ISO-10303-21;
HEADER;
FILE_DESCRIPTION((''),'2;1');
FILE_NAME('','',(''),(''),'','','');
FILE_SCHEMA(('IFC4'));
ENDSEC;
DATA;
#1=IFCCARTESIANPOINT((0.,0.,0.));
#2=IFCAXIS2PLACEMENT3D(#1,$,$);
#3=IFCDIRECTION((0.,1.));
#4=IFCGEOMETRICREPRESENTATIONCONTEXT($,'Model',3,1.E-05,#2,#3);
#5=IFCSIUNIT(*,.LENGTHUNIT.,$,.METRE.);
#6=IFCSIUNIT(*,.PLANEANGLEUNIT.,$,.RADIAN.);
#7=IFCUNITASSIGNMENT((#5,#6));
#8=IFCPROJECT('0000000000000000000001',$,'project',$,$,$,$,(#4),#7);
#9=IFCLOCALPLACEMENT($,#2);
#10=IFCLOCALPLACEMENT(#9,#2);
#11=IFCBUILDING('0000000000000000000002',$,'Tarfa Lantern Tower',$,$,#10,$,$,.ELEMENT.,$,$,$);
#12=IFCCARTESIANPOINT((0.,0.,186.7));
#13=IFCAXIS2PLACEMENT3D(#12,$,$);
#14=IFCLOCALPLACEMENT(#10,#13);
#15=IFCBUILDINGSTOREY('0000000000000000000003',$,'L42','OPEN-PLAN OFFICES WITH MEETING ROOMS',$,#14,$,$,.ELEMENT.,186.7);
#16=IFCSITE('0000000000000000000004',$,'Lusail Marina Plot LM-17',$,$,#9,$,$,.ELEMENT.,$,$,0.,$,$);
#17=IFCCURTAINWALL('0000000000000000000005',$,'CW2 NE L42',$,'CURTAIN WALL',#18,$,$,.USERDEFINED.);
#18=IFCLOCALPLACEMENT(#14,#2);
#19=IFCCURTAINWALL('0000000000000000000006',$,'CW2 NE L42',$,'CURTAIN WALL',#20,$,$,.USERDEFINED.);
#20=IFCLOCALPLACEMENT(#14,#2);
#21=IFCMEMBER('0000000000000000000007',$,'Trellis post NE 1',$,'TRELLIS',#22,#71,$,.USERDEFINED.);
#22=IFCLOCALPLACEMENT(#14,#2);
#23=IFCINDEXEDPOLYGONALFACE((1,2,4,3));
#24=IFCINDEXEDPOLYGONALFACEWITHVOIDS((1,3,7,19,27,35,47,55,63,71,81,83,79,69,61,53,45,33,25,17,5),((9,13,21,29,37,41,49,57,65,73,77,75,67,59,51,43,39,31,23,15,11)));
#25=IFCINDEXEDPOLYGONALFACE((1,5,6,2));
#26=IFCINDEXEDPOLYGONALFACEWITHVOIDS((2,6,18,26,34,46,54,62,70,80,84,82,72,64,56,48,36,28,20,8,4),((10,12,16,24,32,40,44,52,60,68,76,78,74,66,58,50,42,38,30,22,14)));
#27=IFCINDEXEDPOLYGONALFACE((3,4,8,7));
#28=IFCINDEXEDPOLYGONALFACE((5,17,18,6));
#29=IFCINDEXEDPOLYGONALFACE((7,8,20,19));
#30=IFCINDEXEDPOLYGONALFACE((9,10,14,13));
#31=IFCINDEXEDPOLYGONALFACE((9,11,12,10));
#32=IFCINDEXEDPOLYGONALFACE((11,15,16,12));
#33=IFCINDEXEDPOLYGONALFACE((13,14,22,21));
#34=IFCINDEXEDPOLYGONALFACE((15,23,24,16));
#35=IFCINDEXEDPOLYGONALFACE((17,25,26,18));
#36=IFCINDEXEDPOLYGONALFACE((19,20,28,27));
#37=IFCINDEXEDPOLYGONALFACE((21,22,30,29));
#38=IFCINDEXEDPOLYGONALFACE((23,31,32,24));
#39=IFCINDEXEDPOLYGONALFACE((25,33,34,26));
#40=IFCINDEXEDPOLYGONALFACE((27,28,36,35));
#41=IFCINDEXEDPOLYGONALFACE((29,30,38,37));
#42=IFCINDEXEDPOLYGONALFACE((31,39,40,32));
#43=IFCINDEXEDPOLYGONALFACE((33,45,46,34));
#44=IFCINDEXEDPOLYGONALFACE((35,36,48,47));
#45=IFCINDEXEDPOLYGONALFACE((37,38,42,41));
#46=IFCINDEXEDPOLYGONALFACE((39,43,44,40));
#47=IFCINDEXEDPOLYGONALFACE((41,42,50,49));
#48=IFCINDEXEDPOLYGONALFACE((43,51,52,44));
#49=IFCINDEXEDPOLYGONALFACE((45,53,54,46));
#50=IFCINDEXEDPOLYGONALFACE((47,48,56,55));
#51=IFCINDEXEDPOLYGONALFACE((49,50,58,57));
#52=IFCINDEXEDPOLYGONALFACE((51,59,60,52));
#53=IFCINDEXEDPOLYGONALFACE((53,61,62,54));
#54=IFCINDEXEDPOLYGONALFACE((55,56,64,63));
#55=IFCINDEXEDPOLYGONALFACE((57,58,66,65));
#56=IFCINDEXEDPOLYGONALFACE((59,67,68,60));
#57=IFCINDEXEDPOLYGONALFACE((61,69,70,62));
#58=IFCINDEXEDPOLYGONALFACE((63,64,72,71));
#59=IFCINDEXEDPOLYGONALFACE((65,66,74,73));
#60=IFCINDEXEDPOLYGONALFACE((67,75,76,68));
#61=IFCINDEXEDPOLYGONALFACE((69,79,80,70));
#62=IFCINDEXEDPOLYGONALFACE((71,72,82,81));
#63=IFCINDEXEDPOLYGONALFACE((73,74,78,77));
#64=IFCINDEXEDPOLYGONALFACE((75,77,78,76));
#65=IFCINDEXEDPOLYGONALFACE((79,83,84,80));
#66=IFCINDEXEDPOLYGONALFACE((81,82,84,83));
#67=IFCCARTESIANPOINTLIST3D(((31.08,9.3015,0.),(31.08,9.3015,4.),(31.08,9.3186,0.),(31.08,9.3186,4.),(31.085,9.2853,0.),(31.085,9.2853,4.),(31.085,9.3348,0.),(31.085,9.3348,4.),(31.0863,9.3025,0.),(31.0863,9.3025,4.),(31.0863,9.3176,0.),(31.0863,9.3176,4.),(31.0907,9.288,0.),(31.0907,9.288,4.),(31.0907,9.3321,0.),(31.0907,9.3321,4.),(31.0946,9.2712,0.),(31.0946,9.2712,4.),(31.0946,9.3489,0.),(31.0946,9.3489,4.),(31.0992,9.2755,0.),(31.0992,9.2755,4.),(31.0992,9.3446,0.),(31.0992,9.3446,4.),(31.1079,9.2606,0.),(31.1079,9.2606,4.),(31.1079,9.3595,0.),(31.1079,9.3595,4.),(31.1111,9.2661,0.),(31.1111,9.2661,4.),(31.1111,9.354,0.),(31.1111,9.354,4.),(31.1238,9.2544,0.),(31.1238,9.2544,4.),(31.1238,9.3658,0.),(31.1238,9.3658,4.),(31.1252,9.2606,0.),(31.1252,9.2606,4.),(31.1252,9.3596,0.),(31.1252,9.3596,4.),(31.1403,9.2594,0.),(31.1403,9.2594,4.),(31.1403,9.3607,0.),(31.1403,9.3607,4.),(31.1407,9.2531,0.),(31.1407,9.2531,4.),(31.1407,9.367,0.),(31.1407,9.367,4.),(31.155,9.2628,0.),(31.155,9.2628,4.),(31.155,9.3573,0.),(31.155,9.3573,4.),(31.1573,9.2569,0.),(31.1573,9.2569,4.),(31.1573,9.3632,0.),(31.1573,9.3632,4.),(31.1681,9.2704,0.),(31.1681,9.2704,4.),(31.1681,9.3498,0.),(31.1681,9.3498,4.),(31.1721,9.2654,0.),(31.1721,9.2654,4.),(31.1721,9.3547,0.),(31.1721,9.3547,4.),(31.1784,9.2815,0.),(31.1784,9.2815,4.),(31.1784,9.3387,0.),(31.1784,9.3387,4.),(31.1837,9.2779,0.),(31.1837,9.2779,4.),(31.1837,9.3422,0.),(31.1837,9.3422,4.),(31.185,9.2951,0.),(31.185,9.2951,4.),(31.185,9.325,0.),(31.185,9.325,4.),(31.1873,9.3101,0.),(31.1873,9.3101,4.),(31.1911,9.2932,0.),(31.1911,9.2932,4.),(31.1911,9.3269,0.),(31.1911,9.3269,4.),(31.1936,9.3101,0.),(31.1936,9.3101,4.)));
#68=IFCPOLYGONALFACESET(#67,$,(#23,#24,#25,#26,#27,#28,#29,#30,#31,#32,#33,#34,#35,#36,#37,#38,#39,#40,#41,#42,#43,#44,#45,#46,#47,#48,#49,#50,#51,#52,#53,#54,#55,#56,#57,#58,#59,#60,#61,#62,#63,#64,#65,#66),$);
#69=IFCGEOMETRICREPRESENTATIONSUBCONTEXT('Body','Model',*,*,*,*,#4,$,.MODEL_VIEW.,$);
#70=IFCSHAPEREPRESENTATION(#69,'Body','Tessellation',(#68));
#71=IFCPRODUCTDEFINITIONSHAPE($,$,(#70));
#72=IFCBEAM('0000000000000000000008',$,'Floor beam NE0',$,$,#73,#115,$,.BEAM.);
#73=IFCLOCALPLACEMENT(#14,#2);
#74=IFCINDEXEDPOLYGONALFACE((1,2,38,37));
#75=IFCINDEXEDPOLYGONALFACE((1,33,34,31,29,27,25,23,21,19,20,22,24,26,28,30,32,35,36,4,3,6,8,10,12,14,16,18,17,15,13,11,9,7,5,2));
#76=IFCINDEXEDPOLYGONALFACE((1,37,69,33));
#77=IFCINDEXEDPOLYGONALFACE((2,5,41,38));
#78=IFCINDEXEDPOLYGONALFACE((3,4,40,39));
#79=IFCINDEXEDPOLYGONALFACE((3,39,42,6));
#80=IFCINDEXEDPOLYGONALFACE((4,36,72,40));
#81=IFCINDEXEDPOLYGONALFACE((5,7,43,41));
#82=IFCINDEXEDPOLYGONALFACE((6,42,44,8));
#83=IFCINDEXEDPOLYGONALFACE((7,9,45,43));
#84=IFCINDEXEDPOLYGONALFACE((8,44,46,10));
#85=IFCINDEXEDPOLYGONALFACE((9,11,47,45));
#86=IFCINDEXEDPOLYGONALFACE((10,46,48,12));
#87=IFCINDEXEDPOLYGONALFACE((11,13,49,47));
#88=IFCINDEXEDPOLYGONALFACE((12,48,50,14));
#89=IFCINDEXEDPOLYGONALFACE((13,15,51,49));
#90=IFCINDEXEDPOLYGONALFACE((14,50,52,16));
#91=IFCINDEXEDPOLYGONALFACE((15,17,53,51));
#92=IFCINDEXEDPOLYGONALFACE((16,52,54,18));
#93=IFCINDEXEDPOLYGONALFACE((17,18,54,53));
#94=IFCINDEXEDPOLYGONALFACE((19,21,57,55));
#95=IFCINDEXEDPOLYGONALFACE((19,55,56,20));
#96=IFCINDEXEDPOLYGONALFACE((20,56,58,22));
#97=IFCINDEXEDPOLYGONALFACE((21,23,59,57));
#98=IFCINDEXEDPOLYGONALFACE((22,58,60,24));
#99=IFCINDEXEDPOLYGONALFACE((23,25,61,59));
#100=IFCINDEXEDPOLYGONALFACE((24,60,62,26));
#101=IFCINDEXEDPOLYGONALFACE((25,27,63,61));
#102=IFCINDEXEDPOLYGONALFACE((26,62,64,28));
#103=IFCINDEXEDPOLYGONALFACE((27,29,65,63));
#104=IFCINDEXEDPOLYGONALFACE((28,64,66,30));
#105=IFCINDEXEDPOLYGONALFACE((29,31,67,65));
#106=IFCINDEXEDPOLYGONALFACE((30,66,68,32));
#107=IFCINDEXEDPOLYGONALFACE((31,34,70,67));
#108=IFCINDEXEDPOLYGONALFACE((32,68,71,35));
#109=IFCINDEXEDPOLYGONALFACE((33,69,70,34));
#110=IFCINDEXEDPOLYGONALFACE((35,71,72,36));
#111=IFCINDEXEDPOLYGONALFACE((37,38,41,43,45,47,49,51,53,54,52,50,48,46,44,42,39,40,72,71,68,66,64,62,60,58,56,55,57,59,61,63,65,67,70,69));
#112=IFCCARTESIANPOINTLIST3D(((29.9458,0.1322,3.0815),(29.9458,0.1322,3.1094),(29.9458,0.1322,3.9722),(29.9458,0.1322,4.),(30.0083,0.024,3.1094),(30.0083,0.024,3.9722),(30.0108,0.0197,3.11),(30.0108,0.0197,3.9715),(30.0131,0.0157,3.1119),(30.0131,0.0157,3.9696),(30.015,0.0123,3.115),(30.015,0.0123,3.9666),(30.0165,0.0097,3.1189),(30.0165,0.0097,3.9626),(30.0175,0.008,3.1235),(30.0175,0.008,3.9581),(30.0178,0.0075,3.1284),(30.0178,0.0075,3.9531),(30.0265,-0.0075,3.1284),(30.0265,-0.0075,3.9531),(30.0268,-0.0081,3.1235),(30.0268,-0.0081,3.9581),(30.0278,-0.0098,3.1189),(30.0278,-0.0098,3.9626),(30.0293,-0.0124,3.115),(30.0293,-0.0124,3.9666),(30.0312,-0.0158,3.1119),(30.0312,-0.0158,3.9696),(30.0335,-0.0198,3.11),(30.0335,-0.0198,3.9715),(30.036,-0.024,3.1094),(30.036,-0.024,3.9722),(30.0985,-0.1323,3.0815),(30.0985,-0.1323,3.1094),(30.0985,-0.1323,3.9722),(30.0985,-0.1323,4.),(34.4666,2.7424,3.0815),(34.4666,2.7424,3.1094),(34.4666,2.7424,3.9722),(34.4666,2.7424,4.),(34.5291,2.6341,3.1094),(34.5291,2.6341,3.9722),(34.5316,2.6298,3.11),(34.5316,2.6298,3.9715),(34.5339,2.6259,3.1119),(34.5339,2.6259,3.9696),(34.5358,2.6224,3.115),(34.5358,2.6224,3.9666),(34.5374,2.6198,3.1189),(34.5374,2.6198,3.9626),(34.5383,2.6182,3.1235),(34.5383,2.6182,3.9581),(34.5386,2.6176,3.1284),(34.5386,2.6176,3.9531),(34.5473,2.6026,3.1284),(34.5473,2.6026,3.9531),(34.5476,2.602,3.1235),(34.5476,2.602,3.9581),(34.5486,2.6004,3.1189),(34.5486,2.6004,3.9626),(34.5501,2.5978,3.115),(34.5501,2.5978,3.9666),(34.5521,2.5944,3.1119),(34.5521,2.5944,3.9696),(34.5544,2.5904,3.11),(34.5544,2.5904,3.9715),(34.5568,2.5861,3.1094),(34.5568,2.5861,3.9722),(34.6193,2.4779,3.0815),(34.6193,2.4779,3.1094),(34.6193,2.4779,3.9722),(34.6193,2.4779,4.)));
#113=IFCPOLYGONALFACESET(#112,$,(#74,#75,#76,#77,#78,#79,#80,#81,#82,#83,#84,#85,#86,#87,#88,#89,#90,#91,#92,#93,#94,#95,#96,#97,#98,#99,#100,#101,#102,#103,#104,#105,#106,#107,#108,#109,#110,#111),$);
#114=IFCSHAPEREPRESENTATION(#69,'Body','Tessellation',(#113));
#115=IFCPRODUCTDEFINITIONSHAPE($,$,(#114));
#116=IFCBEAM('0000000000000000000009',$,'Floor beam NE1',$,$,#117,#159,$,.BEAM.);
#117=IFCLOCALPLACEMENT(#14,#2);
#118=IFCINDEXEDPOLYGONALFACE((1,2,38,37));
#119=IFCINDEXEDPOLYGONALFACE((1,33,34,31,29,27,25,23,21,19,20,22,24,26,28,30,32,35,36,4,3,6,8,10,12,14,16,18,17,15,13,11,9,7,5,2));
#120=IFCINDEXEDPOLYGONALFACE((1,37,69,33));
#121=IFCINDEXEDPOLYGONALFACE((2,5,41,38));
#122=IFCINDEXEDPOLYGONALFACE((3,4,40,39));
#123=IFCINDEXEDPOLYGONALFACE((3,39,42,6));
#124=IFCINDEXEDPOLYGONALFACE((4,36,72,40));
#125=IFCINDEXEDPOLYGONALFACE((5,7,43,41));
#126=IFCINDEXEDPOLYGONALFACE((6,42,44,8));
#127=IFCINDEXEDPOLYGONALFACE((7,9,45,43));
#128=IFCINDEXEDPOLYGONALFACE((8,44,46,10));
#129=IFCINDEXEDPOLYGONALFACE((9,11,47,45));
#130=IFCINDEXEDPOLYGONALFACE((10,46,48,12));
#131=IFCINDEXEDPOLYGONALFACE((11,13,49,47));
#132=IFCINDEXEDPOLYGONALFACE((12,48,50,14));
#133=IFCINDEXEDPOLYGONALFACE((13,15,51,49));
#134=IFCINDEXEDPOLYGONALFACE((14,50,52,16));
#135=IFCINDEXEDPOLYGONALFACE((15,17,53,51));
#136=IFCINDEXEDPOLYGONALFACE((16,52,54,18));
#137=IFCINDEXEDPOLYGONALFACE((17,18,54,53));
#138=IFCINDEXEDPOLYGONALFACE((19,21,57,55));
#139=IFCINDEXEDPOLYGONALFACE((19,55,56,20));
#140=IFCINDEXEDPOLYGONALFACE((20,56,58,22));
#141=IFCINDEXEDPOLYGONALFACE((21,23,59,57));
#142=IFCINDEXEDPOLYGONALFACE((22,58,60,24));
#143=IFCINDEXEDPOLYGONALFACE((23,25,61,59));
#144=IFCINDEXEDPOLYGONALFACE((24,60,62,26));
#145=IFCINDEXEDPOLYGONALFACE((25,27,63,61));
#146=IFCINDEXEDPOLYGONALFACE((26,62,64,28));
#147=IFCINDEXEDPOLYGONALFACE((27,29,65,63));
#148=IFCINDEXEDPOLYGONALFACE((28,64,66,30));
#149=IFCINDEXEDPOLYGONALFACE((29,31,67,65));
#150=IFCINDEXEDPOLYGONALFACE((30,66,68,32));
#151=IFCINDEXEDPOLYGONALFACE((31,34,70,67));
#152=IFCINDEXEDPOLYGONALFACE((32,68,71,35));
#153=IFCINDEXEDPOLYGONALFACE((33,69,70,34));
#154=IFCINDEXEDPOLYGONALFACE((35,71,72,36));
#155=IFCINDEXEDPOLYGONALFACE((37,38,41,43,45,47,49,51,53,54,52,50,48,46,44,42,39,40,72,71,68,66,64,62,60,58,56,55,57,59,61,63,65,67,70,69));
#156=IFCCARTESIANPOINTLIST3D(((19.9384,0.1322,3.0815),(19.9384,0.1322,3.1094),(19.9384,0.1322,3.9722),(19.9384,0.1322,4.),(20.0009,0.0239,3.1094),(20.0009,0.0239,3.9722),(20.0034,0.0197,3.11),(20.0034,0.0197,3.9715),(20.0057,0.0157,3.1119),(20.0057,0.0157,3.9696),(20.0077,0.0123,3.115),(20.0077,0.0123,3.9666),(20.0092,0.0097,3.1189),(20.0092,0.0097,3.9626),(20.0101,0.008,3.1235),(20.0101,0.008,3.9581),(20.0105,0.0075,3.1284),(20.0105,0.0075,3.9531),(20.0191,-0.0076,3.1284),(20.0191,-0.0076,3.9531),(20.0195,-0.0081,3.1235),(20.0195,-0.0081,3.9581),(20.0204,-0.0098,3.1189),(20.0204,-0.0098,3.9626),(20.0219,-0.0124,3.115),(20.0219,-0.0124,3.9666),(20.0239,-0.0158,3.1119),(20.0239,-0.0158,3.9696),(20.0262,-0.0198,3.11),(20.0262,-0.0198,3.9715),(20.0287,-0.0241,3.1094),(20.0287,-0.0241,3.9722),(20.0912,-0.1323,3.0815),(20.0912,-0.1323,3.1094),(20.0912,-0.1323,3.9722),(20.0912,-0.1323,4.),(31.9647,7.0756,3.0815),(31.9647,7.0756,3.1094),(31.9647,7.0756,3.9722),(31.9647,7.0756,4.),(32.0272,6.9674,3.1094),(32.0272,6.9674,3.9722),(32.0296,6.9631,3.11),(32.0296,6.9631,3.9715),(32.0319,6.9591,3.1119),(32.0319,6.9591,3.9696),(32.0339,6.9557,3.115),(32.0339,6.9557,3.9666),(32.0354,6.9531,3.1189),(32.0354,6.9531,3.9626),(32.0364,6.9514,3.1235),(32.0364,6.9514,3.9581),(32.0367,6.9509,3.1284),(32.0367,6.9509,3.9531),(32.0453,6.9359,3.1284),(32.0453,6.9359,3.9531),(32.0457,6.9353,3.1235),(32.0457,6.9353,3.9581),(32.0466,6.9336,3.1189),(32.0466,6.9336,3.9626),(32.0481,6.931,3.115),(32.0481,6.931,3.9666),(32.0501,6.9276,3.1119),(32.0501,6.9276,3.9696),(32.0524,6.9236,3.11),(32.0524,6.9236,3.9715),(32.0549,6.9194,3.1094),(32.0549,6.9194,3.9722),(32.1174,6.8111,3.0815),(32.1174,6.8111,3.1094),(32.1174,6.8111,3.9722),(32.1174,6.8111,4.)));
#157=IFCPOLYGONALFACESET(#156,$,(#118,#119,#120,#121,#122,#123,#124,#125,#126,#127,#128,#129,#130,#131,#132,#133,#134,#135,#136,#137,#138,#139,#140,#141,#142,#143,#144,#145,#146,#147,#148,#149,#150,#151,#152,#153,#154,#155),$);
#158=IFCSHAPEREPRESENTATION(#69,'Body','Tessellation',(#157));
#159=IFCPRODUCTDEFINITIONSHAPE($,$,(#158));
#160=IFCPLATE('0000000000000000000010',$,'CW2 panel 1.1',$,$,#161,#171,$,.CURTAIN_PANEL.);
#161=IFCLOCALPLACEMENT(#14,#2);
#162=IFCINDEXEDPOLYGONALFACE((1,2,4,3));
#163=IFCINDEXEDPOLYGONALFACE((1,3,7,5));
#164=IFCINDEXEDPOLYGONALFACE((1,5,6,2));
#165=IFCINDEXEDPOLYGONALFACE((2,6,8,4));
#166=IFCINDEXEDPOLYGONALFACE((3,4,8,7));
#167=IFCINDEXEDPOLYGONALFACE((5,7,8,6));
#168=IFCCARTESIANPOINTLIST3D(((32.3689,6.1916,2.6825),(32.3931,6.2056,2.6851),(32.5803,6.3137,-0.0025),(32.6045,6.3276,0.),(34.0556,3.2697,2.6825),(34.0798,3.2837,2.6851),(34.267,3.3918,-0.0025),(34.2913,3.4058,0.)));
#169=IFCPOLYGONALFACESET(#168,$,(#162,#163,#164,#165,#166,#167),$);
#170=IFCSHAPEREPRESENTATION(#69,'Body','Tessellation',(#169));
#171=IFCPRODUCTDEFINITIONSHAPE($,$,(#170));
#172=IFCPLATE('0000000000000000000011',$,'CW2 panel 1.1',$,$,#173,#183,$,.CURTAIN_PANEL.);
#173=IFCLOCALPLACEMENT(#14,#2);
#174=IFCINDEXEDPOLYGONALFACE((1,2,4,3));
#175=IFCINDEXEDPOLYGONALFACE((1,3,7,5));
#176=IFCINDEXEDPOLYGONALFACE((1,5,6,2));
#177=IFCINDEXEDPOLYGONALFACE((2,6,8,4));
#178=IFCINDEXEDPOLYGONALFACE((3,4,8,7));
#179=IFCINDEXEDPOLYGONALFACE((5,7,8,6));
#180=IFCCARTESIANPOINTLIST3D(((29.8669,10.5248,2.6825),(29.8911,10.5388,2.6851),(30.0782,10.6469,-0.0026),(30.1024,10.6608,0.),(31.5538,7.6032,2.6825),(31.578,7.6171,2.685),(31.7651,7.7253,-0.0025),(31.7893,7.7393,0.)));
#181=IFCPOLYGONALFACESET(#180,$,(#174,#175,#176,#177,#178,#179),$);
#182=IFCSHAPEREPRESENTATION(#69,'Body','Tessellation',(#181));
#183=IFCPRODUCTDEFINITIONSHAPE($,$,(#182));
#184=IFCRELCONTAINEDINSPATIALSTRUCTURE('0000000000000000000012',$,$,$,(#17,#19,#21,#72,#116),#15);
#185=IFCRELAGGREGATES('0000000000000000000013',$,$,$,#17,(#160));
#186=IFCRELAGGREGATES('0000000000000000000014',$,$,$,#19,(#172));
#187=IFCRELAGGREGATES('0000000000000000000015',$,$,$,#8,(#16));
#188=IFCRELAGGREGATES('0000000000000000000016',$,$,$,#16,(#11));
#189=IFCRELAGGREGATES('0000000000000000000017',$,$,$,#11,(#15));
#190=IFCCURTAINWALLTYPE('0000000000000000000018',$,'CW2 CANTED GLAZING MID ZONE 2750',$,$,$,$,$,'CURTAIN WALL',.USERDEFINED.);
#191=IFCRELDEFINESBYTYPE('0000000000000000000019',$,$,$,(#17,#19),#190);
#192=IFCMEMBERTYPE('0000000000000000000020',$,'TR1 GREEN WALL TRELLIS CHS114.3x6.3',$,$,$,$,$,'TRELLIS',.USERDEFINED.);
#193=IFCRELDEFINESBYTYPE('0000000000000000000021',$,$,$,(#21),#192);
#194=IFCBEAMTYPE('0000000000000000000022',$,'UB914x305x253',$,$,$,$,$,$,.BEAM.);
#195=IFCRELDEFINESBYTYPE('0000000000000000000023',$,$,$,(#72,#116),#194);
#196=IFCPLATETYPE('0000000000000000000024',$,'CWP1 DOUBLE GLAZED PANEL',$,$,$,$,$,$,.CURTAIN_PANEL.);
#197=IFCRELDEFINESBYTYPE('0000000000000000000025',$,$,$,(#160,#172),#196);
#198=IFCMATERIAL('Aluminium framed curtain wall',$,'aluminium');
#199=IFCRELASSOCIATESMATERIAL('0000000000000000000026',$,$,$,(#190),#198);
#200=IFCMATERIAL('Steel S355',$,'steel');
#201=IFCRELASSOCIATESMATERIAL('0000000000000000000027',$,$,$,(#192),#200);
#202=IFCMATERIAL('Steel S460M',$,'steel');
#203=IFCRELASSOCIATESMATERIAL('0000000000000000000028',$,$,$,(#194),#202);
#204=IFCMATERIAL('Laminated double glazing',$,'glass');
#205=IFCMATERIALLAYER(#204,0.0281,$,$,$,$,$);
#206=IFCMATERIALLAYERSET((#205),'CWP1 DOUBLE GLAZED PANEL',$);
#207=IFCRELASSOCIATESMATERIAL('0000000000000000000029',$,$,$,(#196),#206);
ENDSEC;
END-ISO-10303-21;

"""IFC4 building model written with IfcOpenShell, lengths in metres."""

from ifc_helpers import new_model, si_unit, direction, frame, origin, origin_2d, place, context, subcontext, project, spatial, polyline, hollow_circle, i_section, outline, extrude, material, layer, layer_set, material_profile, profile_set, type_object, element, aggregate, save


model = new_model("IFC4")

# Units and contexts
model_context = context("Model", 3, precision=1e-05, world=origin(), true_north=direction((0.0, 1.0)))
body_context = subcontext(model_context, "Body", "Model", "MODEL_VIEW")
ifc_project = project(units=[si_unit("LENGTHUNIT", "METRE"), si_unit("PLANEANGLEUNIT", "RADIAN")], contexts=[model_context])

# Site, building, storey
site_placement = place(None, origin())
site = spatial("IfcSite", under=ifc_project, at=site_placement, Name="Lusail Marina Plot LM-17", CompositionType="ELEMENT", RefElevation=0.0)
building_placement = place(site_placement, origin())
building = spatial("IfcBuilding", under=site, at=building_placement, Name="Tarfa Lantern Tower", CompositionType="ELEMENT")
storey_placement = place(building_placement, frame((0.0, 0.0, 186.7)))
storey = spatial("IfcBuildingStorey", under=building, at=storey_placement, Name="L42", Description="OPEN-PLAN OFFICES WITH MEETING ROOMS", CompositionType="ELEMENT", Elevation=186.7)

# Curtain walls
ifc_material_1 = material(Name="Aluminium framed curtain wall", Category="aluminium")
curtain_wall_type_1 = type_object("IfcCurtainWallType", Name="CW2 CANTED GLAZING MID ZONE 2750", ElementType="CURTAIN WALL", PredefinedType="USERDEFINED", material=ifc_material_1)
curtain_wall_1_placement = place(storey_placement, origin())
curtain_wall_1 = element("IfcCurtainWall", 1, at=curtain_wall_1_placement, inside=storey, type_object=curtain_wall_type_1, Name="CW2 NE L42", ObjectType="CURTAIN WALL", PredefinedType="USERDEFINED")
curtain_wall_2_placement = place(storey_placement, origin())
curtain_wall_2 = element("IfcCurtainWall", 2, at=curtain_wall_2_placement, inside=storey, type_object=curtain_wall_type_1, Name="CW2 NE L42", ObjectType="CURTAIN WALL", PredefinedType="USERDEFINED")

# Member
ifc_material_2 = material(Name="Steel S355", Category="steel")
ifc_material_profile_1 = material_profile(ifc_material_2, hollow_circle(Radius=0.0571, WallThickness=0.0063, at=origin_2d()), Name="CHS114.3x6.3")
ifc_profile_set_1 = profile_set([ifc_material_profile_1], Name="Steel S355")
member_type_1 = type_object("IfcMemberType", Name="TR1 GREEN WALL TRELLIS CHS114.3x6.3", ElementType="TRELLIS", PredefinedType="USERDEFINED", material=ifc_profile_set_1)
member_1_placement = place(storey_placement, frame((31.1365, 9.3101, 0.0), z_axis=(0.0, 0.0, 1.0), x_axis=(1.0, 0.0, 0.0)))
element("IfcMember", 3, at=member_1_placement, inside=storey, type_object=member_type_1, Name="Trellis post NE 1", ObjectType="TRELLIS", PredefinedType="USERDEFINED", context=body_context, shape_type="SweptSolid", body=[
    extrude(hollow_circle(Radius=0.0571, WallThickness=0.0063, at=origin_2d()), origin(), (0.0, 0.0, 1.0), 4.0),
])

# Beams
ifc_material_3 = material(Name="Steel S460M", Category="steel")
ifc_material_profile_2 = material_profile(ifc_material_3, i_section(OverallWidth=0.3054, OverallDepth=0.9185, WebThickness=0.0173, FlangeThickness=0.0278, FilletRadius=0.019, at=origin_2d()), Name="UB914x305x253")
ifc_profile_set_2 = profile_set([ifc_material_profile_2], Name="Steel S460M")
beam_type_1 = type_object("IfcBeamType", Name="UB914x305x253", PredefinedType="BEAM", material=ifc_profile_set_2)
beam_1_placement = place(storey_placement, frame((34.543, 2.6101, 3.5408), z_axis=(-0.866021, -0.500007, 0.0), x_axis=(0.500007, -0.866021, 0.0)))
element("IfcBeam", 4, at=beam_1_placement, inside=storey, type_object=beam_type_1, Name="Floor beam NE0", PredefinedType="BEAM", context=body_context, shape_type="SweptSolid", body=[
    extrude(i_section(OverallWidth=0.3054, OverallDepth=0.9185, WebThickness=0.0173, FlangeThickness=0.0278, FilletRadius=0.019, at=origin_2d()), origin(), (0.0, 0.0, 1.0), 5.2202),
])
beam_2_placement = place(storey_placement, frame((32.041, 6.9434, 3.5408), z_axis=(-0.866023, -0.500004, 0.0), x_axis=(0.500004, -0.866023, 0.0)))
element("IfcBeam", 5, at=beam_2_placement, inside=storey, type_object=beam_type_1, Name="Floor beam NE1", PredefinedType="BEAM", context=body_context, shape_type="SweptSolid", body=[
    extrude(i_section(OverallWidth=0.3054, OverallDepth=0.9185, WebThickness=0.0173, FlangeThickness=0.0278, FilletRadius=0.019, at=origin_2d()), origin(), (0.0, 0.0, 1.0), 13.8867),
])

# Plates
ifc_material_4 = material(Name="Laminated double glazing", Category="glass")
ifc_layer_1 = layer(ifc_material_4, 0.0281)
ifc_layer_set_1 = layer_set([ifc_layer_1], Name="CWP1 DOUBLE GLAZED PANEL")
plate_type = type_object("IfcPlateType", Name="CWP1 DOUBLE GLAZED PANEL", PredefinedType="CURTAIN_PANEL", material=ifc_layer_set_1)
plate_1_placement = place(storey_placement, frame((34.2913, 3.4058, 0.0), z_axis=(0.86249, 0.497907, 0.09055), x_axis=(-0.49996, 0.866048, 0.0)))
plate_1 = element("IfcPlate", 6, at=plate_1_placement, type_object=plate_type, Name="CW2 panel 1.1", PredefinedType="CURTAIN_PANEL", context=body_context, shape_type="SweptSolid", body=[
    extrude(outline(polyline([(0.0, 0.0), (3.3738, 0.0), (3.3738, 2.6961), (0.0, 2.6961), (0.0, 0.0)])), origin(), (0.0, 0.0, -1.0), 0.0281),
])
aggregate(curtain_wall_1, [plate_1])
plate_2_placement = place(storey_placement, frame((31.7893, 7.7393, 0.0), z_axis=(0.86246, 0.497967, 0.090511), x_axis=(-0.500019, 0.866015, -0.000003)))
plate_2 = element("IfcPlate", 7, at=plate_2_placement, type_object=plate_type, Name="CW2 panel 1.1", PredefinedType="CURTAIN_PANEL", context=body_context, shape_type="SweptSolid", body=[
    extrude(outline(polyline([(0.0, 0.0), (3.3736, 0.0), (3.3736, 2.6961), (-0.0001, 2.6961), (0.0, 0.0)])), origin(), (0.0, 0.0, -1.0), 0.0281),
])
aggregate(curtain_wall_2, [plate_2])

save(model, "model.ifc")
